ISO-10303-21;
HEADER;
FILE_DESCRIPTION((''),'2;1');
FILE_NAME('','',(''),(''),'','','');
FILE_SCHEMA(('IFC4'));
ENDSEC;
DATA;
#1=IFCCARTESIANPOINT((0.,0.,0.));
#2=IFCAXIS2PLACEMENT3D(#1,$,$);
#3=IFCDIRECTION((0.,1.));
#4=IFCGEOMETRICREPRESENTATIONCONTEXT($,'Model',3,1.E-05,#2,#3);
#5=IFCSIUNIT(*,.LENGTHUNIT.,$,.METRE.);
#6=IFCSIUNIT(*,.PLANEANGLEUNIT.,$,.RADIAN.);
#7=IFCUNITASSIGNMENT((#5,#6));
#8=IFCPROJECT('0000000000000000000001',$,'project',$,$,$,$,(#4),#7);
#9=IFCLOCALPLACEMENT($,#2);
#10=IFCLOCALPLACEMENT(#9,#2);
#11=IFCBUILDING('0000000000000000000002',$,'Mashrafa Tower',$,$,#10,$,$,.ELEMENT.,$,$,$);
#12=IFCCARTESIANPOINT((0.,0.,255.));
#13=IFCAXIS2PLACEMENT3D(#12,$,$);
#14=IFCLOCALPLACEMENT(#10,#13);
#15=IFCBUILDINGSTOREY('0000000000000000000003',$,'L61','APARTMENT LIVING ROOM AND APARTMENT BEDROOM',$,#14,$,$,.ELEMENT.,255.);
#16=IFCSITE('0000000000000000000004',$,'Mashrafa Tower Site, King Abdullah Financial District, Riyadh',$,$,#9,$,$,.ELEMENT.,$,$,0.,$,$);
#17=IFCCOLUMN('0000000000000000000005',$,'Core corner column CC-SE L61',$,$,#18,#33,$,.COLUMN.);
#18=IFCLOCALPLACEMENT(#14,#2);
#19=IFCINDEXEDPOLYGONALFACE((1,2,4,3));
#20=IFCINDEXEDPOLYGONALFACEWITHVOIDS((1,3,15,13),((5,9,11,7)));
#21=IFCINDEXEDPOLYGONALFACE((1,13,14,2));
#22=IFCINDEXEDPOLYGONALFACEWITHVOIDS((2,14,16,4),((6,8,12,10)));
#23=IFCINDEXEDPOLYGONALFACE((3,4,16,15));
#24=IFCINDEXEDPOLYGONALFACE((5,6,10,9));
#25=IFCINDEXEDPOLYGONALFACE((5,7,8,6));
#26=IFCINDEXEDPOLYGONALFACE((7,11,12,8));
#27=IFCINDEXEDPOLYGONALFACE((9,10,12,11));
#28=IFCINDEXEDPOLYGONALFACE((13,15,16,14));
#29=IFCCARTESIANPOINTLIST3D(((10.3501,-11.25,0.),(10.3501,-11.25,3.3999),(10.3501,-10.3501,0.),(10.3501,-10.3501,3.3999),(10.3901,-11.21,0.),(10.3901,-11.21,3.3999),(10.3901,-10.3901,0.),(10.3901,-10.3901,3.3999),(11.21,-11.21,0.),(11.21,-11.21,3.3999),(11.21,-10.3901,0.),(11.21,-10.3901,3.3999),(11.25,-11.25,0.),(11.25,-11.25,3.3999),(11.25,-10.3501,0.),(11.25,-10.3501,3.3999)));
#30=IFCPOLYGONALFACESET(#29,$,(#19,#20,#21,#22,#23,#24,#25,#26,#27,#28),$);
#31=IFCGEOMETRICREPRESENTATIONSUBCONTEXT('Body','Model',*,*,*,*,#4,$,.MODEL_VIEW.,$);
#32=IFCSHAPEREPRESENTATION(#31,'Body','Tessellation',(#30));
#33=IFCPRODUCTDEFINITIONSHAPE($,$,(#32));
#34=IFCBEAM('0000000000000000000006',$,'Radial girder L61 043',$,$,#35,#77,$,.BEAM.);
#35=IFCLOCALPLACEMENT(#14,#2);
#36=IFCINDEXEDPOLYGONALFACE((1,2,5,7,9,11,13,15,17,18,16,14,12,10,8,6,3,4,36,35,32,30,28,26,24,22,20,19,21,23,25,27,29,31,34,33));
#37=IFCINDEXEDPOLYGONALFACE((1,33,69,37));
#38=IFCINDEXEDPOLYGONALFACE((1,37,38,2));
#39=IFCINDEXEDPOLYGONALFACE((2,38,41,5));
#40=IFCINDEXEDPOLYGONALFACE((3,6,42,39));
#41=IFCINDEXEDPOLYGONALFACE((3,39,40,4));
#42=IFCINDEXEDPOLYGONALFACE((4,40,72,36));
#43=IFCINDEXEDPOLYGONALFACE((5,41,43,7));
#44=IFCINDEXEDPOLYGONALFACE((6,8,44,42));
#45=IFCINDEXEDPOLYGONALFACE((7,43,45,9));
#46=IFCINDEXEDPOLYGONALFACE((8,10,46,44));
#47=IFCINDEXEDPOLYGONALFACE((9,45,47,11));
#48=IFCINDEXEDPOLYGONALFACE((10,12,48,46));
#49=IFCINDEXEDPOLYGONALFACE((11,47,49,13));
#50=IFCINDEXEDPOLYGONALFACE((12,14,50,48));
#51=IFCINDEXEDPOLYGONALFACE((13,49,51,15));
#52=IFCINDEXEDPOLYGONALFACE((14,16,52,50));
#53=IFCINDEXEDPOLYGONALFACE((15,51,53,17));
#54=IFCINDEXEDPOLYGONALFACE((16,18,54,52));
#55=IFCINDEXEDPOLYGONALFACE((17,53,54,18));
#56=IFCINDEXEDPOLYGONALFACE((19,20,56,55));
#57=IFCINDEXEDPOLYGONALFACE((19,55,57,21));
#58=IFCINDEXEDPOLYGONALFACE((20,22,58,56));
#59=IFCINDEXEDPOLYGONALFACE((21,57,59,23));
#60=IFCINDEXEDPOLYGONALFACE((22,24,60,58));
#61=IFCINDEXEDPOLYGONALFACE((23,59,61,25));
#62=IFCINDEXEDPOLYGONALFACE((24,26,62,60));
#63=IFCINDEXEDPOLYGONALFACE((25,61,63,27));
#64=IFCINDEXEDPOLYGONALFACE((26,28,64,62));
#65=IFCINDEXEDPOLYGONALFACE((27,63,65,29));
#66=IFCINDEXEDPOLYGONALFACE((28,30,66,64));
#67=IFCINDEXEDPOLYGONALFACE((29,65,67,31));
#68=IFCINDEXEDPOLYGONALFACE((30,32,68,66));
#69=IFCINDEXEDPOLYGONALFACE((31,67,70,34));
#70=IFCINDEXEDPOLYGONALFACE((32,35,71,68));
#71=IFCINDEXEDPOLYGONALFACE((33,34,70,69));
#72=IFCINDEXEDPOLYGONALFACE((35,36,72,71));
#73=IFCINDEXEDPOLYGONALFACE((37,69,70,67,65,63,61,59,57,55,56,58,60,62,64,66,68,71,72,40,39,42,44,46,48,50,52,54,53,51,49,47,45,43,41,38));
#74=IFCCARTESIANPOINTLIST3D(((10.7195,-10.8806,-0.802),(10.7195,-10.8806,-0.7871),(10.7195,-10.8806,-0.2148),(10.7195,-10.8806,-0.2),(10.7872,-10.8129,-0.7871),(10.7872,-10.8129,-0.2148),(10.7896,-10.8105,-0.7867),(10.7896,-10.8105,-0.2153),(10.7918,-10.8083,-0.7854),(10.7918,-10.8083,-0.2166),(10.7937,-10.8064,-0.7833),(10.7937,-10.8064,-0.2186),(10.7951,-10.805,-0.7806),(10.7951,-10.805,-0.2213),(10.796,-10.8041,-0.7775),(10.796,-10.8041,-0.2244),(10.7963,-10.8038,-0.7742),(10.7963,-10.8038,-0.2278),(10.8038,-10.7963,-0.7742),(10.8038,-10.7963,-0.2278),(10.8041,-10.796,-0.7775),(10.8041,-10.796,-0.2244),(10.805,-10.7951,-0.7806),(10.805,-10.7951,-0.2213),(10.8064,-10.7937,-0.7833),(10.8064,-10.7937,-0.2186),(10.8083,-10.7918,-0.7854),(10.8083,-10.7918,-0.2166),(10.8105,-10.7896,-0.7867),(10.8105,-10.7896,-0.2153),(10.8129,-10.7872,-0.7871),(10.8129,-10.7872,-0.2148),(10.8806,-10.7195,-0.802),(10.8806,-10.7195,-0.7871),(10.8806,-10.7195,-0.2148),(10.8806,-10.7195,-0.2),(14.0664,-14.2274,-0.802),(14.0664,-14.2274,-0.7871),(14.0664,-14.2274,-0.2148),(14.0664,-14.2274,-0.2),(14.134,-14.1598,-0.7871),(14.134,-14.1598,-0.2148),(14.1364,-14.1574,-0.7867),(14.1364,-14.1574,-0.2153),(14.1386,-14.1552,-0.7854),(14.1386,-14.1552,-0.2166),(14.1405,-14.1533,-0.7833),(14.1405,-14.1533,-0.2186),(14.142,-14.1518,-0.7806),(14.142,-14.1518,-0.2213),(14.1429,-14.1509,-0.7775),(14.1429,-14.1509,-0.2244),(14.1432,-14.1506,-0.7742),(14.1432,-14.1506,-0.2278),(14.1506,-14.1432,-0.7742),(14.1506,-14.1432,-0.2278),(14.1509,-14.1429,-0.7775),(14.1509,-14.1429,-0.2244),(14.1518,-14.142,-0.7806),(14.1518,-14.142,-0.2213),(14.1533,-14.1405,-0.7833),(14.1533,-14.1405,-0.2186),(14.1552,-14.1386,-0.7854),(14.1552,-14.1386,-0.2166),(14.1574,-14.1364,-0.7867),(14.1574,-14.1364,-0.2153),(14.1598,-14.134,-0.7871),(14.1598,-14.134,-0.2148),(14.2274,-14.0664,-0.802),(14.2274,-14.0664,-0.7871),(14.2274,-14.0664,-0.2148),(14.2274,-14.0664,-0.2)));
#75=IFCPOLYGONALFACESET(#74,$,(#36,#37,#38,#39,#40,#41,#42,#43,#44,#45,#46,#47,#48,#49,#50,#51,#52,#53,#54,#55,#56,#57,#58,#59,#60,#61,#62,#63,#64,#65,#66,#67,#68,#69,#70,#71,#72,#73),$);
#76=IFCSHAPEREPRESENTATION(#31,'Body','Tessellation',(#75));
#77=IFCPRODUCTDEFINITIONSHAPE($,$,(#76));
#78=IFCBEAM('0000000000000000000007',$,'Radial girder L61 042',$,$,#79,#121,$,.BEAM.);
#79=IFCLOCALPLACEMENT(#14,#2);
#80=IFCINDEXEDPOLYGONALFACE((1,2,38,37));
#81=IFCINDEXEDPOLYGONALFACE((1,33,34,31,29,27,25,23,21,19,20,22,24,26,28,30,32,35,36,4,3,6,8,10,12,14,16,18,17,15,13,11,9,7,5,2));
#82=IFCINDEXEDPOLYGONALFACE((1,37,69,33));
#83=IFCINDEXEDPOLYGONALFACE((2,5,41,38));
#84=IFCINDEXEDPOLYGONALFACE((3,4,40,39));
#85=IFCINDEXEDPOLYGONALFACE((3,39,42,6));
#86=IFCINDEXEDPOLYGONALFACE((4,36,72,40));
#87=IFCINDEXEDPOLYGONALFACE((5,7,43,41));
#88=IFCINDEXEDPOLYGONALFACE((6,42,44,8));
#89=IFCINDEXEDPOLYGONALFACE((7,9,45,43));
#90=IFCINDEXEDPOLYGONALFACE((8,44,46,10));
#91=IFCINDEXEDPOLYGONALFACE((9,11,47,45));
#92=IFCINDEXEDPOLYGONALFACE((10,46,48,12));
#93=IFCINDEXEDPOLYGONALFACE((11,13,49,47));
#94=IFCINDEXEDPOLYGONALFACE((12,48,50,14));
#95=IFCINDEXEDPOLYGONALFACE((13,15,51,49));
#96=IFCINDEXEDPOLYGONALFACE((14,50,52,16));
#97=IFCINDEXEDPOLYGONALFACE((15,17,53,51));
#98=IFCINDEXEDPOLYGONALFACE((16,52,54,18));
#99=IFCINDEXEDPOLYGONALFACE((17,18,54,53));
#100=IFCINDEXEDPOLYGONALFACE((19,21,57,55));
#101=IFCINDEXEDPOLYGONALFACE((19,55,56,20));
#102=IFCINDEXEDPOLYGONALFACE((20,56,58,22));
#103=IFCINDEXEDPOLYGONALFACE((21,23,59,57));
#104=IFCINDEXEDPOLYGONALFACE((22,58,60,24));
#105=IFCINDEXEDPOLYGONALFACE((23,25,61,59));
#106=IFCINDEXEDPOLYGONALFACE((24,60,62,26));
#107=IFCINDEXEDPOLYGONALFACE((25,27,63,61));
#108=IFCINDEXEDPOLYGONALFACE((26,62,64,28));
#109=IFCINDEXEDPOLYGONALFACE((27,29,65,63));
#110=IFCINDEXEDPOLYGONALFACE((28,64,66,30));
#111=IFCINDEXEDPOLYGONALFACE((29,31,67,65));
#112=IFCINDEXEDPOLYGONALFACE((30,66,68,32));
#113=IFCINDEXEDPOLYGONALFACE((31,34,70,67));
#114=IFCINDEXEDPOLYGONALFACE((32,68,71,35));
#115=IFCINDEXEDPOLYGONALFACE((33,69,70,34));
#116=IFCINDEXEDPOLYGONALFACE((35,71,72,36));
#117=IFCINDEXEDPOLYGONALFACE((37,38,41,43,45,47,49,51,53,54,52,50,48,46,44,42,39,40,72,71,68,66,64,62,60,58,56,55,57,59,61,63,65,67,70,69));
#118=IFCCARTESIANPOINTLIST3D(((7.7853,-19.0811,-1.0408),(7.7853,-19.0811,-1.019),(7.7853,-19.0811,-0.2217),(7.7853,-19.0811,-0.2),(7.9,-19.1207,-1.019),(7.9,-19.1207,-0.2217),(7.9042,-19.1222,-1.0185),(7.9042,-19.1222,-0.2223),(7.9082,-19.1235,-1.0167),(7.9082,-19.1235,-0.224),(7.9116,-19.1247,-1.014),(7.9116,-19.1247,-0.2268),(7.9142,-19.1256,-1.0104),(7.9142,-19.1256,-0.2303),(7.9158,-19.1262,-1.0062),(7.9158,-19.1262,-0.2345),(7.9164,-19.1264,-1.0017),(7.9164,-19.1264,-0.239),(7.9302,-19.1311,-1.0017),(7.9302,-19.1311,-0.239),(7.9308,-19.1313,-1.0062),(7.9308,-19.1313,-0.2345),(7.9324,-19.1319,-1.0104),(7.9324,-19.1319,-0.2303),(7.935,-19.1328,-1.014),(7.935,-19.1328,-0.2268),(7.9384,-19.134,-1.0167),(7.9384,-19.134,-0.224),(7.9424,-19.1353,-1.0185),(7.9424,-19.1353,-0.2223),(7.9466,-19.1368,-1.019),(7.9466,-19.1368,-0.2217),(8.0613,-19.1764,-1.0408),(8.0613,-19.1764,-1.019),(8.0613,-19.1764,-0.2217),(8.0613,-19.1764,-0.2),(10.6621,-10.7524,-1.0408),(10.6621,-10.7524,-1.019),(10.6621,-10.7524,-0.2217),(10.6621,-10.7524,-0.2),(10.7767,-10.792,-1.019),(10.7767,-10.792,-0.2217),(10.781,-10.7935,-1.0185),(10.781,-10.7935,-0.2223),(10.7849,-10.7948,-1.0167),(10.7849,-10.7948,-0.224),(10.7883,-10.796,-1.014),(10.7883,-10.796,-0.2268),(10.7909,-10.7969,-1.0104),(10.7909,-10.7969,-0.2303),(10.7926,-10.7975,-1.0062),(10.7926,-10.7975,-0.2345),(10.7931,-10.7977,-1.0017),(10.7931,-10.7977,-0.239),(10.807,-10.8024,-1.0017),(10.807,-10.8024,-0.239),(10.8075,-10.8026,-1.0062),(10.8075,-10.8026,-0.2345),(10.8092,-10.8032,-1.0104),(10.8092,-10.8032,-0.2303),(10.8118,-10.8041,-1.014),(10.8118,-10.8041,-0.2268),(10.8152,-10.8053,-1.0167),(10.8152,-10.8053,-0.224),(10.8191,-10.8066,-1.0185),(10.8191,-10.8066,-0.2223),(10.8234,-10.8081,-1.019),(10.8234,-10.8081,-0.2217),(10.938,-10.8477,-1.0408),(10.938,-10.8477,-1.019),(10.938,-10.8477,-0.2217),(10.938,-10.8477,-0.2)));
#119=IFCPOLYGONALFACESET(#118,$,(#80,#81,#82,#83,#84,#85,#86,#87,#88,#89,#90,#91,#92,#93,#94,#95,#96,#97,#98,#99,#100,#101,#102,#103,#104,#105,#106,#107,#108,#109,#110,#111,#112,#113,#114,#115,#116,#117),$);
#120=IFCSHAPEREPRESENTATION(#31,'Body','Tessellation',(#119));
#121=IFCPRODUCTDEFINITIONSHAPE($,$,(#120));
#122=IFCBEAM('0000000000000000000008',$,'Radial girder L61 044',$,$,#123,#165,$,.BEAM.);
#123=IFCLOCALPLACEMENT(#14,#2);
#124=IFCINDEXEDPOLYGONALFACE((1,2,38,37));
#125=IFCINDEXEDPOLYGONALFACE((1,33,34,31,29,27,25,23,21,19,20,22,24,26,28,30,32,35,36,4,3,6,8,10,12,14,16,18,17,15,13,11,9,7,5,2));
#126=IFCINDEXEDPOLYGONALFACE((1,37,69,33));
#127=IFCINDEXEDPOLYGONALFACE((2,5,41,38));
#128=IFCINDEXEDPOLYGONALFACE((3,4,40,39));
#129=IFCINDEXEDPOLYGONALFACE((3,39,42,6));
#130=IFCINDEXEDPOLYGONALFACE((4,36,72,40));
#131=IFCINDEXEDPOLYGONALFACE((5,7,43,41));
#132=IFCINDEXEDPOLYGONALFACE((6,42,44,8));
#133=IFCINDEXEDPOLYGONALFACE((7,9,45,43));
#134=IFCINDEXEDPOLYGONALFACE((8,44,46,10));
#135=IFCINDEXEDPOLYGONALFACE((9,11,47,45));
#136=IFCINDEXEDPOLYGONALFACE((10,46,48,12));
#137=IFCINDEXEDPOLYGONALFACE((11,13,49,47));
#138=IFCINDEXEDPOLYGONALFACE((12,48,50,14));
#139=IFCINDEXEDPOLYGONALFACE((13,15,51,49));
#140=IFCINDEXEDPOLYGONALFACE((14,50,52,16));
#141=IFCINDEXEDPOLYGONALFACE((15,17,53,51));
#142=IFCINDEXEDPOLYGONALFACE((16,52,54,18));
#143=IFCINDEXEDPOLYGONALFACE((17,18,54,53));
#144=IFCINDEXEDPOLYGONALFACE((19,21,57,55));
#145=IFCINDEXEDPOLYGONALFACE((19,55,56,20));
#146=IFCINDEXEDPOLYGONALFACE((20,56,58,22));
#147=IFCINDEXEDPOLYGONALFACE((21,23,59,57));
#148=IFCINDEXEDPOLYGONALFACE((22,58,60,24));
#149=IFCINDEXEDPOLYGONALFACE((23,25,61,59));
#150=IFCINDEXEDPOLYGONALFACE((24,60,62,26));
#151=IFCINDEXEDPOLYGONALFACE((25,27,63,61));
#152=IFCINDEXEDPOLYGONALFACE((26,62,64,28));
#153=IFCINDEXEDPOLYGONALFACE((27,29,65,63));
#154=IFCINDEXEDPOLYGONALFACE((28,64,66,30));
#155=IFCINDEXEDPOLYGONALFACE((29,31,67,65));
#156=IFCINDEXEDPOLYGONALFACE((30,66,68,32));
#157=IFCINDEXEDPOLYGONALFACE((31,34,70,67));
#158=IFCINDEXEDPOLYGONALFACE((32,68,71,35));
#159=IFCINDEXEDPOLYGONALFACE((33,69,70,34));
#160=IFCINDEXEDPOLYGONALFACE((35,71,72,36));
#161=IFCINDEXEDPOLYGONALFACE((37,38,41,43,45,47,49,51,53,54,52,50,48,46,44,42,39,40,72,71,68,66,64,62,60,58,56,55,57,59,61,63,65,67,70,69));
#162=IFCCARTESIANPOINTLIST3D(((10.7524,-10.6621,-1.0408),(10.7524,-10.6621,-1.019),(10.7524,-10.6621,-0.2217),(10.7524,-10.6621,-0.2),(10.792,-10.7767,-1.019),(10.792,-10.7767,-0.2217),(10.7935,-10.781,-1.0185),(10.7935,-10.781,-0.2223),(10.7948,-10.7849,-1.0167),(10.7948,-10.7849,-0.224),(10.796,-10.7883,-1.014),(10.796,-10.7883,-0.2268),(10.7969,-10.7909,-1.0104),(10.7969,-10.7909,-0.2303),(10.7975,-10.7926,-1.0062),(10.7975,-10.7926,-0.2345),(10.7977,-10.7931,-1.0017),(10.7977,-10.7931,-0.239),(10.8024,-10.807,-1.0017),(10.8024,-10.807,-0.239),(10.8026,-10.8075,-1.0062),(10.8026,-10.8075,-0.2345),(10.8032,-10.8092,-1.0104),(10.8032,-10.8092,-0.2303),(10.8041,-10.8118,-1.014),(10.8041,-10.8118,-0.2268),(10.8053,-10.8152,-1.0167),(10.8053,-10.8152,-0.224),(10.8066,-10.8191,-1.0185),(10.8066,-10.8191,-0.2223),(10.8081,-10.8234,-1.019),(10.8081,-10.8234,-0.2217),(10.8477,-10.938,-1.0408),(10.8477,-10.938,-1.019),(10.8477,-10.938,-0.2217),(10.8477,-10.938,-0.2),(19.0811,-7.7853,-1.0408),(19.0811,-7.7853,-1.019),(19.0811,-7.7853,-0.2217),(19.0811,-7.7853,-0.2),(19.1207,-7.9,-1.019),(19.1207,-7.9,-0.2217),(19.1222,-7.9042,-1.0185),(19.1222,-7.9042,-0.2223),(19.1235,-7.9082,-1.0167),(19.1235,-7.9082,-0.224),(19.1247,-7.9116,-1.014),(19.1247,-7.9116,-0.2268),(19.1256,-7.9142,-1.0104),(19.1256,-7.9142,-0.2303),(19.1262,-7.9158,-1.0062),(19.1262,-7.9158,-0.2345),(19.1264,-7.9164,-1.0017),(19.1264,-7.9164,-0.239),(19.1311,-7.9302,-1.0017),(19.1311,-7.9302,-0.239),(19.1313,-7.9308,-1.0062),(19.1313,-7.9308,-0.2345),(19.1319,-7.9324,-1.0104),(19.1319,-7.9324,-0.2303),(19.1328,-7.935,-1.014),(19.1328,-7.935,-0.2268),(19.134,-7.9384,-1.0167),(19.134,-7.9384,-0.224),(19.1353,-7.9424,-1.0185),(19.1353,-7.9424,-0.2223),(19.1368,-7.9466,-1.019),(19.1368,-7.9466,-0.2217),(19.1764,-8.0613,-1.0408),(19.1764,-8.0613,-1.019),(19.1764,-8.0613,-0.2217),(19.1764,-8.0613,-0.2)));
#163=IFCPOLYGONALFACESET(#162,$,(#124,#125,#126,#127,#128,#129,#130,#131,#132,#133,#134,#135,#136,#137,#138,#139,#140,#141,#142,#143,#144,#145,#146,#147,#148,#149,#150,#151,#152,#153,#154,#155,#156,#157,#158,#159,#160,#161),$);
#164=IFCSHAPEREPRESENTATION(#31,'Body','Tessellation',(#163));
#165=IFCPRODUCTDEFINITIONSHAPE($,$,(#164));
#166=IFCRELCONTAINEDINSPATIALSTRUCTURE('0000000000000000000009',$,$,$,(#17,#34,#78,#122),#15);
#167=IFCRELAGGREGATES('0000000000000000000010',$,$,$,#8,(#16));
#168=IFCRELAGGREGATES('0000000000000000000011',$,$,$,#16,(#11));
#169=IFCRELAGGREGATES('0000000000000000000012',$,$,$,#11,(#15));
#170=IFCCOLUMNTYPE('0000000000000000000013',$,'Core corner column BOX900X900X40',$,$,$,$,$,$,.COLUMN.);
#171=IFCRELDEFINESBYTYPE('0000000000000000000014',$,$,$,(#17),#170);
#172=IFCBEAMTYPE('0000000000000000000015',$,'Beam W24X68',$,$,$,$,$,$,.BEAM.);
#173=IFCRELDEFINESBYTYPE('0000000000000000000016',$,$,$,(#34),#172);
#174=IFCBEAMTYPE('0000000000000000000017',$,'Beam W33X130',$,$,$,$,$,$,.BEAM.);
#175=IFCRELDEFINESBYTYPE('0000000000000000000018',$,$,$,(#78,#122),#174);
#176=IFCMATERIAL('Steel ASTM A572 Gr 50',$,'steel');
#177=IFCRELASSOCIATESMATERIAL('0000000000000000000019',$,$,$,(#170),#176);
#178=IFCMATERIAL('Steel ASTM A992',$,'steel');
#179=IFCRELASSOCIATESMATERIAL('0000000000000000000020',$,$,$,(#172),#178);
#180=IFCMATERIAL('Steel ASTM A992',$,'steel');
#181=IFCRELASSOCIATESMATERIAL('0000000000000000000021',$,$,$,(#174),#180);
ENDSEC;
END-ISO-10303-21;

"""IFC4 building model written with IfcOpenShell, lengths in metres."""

from ifc_helpers import new_model, si_unit, direction, frame, origin, origin_2d, place, context, subcontext, project, spatial, hollow_rectangle, i_section, extrude, material, material_profile, profile_set, type_object, element, save


model = new_model("IFC4")

# Units and contexts
model_context = context("Model", 3, precision=1e-05, world=origin(), true_north=direction((0.0, 1.0)))
body_context = subcontext(model_context, "Body", "Model", "MODEL_VIEW")
ifc_project = project(units=[si_unit("LENGTHUNIT", "METRE"), si_unit("PLANEANGLEUNIT", "RADIAN")], contexts=[model_context])

# Site, building, storey
site_placement = place(None, origin())
site = spatial("IfcSite", under=ifc_project, at=site_placement, Name="Mashrafa Tower Site, King Abdullah Financial District, Riyadh", CompositionType="ELEMENT", RefElevation=0.0)
building_placement = place(site_placement, origin())
building = spatial("IfcBuilding", under=site, at=building_placement, Name="Mashrafa Tower", CompositionType="ELEMENT")
storey_placement = place(building_placement, frame((0.0, 0.0, 255.0)))
storey = spatial("IfcBuildingStorey", under=building, at=storey_placement, Name="L61", Description="APARTMENT LIVING ROOM AND APARTMENT BEDROOM", CompositionType="ELEMENT", Elevation=255.0)

# Column
ifc_material_1 = material(Name="Steel ASTM A572 Gr 50", Category="steel")
ifc_material_profile_1 = material_profile(ifc_material_1, hollow_rectangle(XDim=0.8999, YDim=0.8999, WallThickness=0.04, at=origin_2d()), Name="BOX900X900X40")
ifc_profile_set_1 = profile_set([ifc_material_profile_1], Name="Steel ASTM A572 Gr 50")
column_type = type_object("IfcColumnType", Name="Core corner column BOX900X900X40", PredefinedType="COLUMN", material=ifc_profile_set_1)
column_placement = place(storey_placement, frame((10.8, -10.8, 0.0), z_axis=(0.0, 0.0, 1.0), x_axis=(1.0, 0.0, 0.0)))
element("IfcColumn", 1, at=column_placement, inside=storey, type_object=column_type, Name="Core corner column CC-SE L61", PredefinedType="COLUMN", context=body_context, shape_type="SweptSolid", body=[
    extrude(hollow_rectangle(XDim=0.8999, YDim=0.8999, WallThickness=0.04, at=origin_2d()), origin(), (0.0, 0.0, 1.0), 3.3999),
])

# Beams
ifc_material_2 = material(Name="Steel ASTM A992", Category="steel")
ifc_material_profile_2 = material_profile(ifc_material_2, i_section(OverallWidth=0.2278, OverallDepth=0.6021, WebThickness=0.0105, FlangeThickness=0.0149, FilletRadius=0.0129, at=origin_2d()), Name="W24X68")
ifc_profile_set_2 = profile_set([ifc_material_profile_2], Name="Steel ASTM A992")
beam_type_1 = type_object("IfcBeamType", Name="Beam W24X68", PredefinedType="BEAM", material=ifc_profile_set_2)
beam_1_placement = place(storey_placement, frame((10.8, -10.8, -0.501), z_axis=(0.707107, -0.707107, 0.0), x_axis=(0.707107, 0.707107, 0.0)))
element("IfcBeam", 2, at=beam_1_placement, inside=storey, type_object=beam_type_1, Name="Radial girder L61 043", PredefinedType="BEAM", context=body_context, shape_type="SweptSolid", body=[
    extrude(i_section(OverallWidth=0.2278, OverallDepth=0.6021, WebThickness=0.0105, FlangeThickness=0.0149, FilletRadius=0.0129, at=origin_2d()), origin(), (0.0, 0.0, 1.0), 4.7332),
])
ifc_material_3 = material(Name="Steel ASTM A992", Category="steel")
ifc_material_profile_3 = material_profile(ifc_material_3, i_section(OverallWidth=0.292, OverallDepth=0.8408, WebThickness=0.0146, FlangeThickness=0.0217, FilletRadius=0.0173, at=origin_2d()), Name="W33X130")
ifc_profile_set_3 = profile_set([ifc_material_profile_3], Name="Steel ASTM A992")
beam_type_2 = type_object("IfcBeamType", Name="Beam W33X130", PredefinedType="BEAM", material=ifc_profile_set_3)
for number, where, z_axis, x_axis, name in (
    (3, (10.8, -10.8, -0.6204), (-0.326475, -0.945206, 0.0), (0.945206, -0.326475, 0.0), "Radial girder L61 042"),
    (4, (10.8, -10.8, -0.6204), (0.945206, 0.326475, 0.0), (-0.326475, 0.945206, 0.0), "Radial girder L61 044"),
):
    element("IfcBeam", number, at=place(storey_placement, frame(where, z_axis=z_axis, x_axis=x_axis)), inside=storey, type_object=beam_type_2, Name=name, PredefinedType="BEAM", context=body_context, shape_type="SweptSolid", body=[
        extrude(i_section(OverallWidth=0.292, OverallDepth=0.8408, WebThickness=0.0146, FlangeThickness=0.0217, FilletRadius=0.0173, at=origin_2d()), origin(), (0.0, 0.0, 1.0), 8.8115),
    ])

save(model, "model.ifc")
